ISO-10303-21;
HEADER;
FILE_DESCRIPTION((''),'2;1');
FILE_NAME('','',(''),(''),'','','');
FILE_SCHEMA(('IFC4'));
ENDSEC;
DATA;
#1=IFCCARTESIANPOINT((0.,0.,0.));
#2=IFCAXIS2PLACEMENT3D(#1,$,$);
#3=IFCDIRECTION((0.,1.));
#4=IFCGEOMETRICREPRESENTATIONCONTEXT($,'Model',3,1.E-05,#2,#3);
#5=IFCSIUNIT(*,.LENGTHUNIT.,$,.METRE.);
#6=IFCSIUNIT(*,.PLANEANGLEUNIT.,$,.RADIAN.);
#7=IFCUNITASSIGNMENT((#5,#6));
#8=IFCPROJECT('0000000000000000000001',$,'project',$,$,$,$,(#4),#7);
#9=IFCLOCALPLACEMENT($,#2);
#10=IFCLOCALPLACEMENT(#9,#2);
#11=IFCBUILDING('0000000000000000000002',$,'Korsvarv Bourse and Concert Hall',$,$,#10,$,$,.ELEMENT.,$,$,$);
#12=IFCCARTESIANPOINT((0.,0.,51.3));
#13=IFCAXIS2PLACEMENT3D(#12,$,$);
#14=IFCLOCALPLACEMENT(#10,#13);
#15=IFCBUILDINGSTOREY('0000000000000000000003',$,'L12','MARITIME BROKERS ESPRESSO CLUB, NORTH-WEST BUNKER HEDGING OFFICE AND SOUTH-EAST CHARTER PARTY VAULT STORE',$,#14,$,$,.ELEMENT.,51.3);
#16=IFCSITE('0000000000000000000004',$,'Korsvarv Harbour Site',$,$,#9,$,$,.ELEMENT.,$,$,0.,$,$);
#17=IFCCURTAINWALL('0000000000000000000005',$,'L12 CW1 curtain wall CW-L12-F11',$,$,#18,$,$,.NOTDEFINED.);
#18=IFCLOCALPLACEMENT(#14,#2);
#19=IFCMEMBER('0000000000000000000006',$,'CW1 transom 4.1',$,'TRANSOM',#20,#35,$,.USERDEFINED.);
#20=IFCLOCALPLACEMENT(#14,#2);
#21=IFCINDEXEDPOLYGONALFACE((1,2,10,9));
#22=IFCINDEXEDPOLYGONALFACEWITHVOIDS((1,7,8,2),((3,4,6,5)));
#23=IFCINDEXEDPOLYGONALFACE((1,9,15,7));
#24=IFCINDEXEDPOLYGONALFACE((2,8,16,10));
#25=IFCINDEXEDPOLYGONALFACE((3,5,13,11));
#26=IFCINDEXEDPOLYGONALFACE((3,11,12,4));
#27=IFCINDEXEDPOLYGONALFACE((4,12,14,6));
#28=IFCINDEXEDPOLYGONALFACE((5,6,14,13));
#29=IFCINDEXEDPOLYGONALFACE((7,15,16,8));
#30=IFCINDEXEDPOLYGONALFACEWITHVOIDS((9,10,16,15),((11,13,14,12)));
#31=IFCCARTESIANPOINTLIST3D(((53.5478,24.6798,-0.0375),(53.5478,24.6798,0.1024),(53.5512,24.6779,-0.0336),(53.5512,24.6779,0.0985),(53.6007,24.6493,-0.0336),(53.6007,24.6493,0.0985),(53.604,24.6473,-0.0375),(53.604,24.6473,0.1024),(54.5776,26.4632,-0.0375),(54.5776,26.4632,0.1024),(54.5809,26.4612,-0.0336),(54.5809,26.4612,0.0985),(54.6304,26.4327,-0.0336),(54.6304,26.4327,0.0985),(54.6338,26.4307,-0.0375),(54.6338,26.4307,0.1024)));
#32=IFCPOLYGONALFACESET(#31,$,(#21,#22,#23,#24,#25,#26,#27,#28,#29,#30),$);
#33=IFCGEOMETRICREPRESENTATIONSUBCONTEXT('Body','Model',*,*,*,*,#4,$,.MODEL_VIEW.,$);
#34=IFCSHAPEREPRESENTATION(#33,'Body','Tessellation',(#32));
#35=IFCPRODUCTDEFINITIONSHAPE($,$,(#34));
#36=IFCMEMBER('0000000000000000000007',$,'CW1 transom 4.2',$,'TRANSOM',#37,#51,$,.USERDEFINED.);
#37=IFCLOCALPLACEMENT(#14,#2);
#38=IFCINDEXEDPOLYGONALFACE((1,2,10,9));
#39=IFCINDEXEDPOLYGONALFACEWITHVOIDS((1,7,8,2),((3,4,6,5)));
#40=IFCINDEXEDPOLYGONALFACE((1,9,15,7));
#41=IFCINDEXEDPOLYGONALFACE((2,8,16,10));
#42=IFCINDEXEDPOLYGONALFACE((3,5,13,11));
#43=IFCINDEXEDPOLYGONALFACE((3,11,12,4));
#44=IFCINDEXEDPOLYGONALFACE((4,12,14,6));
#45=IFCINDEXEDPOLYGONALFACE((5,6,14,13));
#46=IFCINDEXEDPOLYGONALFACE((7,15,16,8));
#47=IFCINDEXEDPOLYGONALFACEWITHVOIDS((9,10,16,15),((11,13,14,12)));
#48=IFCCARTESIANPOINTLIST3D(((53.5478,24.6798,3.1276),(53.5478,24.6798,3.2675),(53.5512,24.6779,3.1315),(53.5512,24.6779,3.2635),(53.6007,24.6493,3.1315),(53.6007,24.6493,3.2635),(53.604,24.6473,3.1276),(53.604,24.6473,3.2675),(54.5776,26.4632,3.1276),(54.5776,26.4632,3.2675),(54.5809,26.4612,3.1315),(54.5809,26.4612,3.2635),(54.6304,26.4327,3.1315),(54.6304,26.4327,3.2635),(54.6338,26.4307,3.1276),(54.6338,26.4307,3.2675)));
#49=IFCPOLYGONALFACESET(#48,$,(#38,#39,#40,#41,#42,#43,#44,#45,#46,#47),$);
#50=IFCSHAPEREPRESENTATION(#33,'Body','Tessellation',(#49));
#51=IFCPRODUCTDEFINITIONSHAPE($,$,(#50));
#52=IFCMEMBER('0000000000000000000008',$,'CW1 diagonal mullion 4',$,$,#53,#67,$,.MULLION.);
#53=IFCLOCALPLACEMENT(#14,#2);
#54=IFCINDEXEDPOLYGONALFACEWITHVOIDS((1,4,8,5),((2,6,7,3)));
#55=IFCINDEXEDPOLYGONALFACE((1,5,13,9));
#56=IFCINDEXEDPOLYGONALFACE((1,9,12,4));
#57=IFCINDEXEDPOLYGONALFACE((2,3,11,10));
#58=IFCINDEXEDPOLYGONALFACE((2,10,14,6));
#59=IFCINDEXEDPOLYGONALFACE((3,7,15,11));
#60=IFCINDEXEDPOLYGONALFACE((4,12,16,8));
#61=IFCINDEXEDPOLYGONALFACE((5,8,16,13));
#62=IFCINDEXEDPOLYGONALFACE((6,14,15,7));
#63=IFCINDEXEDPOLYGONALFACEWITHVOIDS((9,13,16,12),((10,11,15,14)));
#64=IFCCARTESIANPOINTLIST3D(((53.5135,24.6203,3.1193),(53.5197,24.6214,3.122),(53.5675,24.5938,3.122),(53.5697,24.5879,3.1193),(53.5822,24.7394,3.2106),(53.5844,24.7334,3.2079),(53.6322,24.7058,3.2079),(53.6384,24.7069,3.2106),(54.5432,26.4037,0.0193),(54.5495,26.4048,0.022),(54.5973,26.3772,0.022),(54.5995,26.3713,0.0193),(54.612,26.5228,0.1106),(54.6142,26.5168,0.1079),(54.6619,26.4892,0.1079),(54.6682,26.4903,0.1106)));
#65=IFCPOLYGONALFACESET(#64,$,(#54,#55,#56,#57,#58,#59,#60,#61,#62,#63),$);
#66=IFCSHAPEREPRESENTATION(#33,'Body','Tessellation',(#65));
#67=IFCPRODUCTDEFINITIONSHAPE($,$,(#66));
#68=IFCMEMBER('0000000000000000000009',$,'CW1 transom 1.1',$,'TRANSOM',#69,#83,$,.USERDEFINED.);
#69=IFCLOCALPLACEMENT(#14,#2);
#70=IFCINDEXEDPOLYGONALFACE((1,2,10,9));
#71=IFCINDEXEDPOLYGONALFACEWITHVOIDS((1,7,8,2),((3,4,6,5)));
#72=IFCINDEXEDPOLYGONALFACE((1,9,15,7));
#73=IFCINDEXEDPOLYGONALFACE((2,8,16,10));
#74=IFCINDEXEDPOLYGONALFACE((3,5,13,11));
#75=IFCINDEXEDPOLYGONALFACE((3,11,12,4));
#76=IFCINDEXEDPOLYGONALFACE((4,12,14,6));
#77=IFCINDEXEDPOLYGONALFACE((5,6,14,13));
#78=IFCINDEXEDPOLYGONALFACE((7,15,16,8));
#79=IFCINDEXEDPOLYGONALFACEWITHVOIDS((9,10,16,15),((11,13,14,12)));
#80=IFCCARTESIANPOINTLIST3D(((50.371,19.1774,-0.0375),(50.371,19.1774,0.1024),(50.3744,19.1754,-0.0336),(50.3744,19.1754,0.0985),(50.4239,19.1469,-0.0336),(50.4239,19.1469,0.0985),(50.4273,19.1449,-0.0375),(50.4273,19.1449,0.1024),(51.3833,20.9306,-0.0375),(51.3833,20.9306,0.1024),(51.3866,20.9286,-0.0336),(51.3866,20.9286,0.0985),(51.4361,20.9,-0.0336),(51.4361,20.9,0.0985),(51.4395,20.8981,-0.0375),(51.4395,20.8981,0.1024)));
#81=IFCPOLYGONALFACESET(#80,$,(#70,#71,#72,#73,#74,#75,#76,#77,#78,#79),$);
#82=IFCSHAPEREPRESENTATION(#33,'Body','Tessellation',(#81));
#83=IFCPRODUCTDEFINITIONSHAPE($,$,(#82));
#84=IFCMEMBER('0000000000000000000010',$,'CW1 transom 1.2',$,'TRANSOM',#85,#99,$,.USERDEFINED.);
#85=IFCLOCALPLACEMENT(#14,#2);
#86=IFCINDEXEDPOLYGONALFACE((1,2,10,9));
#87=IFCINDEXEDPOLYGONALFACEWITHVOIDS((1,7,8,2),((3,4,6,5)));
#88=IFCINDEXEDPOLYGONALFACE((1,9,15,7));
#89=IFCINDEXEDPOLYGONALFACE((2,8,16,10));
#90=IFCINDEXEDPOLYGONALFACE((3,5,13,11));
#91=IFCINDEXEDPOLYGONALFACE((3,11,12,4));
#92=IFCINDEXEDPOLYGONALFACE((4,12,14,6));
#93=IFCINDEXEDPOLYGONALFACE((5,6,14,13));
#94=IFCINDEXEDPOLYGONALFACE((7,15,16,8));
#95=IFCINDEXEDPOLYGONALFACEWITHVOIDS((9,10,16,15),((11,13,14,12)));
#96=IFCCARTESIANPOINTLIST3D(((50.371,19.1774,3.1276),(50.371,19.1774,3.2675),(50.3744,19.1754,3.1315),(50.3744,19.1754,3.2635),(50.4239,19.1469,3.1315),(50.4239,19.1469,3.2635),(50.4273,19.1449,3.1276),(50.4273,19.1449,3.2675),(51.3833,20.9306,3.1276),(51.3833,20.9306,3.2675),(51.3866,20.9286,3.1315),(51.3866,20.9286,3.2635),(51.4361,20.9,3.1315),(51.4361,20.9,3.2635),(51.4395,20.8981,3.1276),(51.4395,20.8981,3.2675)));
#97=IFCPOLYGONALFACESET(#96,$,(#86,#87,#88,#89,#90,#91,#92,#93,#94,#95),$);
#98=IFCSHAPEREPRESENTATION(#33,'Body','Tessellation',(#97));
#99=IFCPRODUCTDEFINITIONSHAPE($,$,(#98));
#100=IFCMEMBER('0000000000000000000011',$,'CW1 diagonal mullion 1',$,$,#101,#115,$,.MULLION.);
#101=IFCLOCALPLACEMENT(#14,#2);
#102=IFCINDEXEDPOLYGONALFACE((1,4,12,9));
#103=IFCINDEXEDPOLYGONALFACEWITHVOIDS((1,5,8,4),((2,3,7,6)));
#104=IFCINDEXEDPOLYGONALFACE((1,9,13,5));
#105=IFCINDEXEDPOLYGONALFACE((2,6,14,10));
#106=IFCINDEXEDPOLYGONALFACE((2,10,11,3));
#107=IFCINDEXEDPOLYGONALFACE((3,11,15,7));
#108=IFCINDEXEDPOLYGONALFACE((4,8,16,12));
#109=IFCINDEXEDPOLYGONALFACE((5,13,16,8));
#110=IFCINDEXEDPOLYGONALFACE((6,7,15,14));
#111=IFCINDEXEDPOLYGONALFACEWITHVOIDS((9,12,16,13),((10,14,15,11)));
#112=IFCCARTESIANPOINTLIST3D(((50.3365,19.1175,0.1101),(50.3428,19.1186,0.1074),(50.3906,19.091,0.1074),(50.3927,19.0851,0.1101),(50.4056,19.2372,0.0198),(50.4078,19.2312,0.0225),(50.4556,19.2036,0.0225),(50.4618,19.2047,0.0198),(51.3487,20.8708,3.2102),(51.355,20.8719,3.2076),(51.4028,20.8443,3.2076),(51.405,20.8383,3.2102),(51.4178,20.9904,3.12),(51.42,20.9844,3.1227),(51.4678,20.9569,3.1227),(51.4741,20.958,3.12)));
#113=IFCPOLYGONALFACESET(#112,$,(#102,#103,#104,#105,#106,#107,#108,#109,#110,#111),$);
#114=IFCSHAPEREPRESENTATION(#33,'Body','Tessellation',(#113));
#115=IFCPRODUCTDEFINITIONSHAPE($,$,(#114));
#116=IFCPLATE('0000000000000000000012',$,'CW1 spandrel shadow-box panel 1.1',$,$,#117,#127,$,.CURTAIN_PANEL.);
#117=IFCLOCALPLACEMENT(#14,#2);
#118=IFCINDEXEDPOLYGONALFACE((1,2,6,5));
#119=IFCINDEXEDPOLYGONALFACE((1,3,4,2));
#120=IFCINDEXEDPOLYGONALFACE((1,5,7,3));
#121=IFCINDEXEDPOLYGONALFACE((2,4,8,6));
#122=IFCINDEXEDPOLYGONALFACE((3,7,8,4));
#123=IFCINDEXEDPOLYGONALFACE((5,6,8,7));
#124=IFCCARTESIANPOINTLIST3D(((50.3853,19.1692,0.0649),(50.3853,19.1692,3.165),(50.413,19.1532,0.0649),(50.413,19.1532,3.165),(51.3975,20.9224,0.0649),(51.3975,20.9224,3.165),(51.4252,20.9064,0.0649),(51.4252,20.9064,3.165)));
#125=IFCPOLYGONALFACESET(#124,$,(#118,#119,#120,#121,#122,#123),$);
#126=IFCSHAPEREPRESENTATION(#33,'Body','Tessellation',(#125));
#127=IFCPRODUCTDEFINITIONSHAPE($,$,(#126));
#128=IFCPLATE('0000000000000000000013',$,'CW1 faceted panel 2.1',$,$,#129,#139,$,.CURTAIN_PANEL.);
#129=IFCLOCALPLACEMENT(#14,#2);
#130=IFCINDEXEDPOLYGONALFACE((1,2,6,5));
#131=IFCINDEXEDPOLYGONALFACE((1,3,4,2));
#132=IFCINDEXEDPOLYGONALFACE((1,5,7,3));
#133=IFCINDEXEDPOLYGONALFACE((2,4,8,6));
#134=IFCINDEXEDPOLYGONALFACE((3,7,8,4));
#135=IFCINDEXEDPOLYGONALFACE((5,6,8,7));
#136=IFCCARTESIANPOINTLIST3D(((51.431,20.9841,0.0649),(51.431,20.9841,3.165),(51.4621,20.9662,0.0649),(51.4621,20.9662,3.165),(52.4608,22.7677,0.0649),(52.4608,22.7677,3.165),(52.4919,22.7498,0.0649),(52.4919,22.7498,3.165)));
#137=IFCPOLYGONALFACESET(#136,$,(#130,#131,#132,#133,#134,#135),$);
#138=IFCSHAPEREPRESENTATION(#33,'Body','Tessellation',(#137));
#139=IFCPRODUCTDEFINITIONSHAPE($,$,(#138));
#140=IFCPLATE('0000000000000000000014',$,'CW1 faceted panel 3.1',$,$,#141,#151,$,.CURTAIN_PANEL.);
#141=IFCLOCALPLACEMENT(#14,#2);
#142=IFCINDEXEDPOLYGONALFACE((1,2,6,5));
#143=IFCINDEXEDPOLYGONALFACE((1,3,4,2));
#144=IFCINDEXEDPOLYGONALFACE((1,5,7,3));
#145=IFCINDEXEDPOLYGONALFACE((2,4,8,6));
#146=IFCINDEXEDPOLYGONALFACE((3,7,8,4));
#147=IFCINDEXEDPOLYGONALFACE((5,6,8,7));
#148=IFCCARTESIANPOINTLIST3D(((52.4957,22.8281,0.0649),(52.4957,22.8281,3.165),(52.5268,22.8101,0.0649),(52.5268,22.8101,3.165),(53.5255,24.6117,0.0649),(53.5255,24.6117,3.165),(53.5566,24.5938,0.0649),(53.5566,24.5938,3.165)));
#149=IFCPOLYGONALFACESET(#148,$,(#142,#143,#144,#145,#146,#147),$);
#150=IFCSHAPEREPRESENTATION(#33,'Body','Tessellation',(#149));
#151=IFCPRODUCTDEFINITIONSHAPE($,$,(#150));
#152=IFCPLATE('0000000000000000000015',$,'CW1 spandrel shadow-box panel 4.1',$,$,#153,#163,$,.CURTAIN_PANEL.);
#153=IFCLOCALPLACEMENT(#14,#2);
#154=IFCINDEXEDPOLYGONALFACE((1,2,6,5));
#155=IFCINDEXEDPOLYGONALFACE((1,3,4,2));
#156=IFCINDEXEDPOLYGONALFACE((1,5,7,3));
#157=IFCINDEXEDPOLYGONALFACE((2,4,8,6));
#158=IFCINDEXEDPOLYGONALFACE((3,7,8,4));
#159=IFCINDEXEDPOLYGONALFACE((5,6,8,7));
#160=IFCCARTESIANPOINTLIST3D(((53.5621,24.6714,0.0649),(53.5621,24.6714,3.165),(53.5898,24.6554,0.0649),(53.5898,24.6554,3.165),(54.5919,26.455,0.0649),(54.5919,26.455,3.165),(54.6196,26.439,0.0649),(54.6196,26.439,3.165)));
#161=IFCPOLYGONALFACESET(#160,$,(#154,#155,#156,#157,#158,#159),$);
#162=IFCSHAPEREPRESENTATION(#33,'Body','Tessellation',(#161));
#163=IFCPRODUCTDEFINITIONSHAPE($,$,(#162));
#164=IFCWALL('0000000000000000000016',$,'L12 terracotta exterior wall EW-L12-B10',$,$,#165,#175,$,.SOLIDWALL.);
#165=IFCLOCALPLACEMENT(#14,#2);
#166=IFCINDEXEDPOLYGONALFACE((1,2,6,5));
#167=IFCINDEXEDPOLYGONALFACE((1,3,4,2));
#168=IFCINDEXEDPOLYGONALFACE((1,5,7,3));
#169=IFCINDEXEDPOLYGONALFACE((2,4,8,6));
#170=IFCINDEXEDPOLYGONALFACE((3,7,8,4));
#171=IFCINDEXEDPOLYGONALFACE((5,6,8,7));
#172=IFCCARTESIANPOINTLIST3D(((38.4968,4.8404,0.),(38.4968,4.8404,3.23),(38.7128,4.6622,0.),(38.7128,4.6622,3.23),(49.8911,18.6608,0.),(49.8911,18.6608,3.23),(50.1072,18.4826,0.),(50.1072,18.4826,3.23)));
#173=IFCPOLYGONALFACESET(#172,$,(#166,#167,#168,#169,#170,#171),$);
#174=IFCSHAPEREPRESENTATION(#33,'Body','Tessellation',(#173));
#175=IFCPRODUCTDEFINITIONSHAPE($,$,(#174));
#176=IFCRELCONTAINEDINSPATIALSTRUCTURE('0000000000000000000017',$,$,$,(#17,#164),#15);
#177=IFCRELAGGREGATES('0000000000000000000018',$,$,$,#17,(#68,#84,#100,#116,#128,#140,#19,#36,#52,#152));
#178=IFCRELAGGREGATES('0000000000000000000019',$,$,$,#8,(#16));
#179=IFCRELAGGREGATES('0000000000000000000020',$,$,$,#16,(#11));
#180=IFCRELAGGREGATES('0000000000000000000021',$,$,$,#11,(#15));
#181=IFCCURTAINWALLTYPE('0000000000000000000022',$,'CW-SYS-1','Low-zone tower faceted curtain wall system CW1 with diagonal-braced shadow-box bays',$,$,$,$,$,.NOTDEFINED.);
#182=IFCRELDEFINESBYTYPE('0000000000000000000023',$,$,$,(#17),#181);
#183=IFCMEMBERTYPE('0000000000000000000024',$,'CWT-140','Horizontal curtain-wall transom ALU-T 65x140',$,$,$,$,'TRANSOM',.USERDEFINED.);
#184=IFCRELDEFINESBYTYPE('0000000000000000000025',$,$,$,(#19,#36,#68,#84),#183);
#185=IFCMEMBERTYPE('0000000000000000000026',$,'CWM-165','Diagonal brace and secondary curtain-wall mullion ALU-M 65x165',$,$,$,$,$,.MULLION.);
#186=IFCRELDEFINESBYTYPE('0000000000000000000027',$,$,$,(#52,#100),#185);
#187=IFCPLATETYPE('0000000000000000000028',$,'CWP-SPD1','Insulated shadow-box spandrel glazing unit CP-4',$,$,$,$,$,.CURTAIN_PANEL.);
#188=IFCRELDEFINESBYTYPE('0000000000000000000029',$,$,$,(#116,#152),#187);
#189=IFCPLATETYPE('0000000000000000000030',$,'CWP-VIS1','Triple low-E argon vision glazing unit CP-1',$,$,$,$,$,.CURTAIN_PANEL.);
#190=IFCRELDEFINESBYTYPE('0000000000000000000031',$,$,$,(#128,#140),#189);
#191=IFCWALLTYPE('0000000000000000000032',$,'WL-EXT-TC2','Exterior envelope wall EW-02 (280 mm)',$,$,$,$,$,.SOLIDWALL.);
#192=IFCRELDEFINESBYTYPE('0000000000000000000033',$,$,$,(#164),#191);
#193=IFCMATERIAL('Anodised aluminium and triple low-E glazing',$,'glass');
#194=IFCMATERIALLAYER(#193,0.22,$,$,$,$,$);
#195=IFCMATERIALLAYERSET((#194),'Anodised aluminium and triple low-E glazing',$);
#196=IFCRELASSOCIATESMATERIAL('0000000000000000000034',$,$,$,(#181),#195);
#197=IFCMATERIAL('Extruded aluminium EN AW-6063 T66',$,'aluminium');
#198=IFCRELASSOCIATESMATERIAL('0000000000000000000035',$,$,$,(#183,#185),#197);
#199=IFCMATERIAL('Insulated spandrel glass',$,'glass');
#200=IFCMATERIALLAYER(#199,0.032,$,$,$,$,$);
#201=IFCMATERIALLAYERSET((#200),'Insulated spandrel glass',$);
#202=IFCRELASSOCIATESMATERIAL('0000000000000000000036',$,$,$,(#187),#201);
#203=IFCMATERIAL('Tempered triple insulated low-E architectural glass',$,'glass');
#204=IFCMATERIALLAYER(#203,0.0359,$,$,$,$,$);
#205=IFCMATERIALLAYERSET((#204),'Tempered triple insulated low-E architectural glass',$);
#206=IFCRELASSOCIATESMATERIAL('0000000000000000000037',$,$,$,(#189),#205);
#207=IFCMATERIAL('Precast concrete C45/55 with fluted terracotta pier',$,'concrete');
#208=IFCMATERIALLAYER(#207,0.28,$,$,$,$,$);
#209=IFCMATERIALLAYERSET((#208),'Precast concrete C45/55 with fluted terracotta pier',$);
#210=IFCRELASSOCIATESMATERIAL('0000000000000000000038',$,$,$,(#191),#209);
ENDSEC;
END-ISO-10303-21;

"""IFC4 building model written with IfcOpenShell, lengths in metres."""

from ifc_helpers import new_model, si_unit, direction, frame, frame_2d, origin, origin_2d, place, context, subcontext, project, spatial, rectangle, hollow_rectangle, extrude, source, transform, mapped, material, layer, layer_set, material_profile, profile_set, type_object, element, aggregate, save


model = new_model("IFC4")

# Units and contexts
model_context = context("Model", 3, precision=1e-05, world=origin(), true_north=direction((0.0, 1.0)))
body_context = subcontext(model_context, "Body", "Model", "MODEL_VIEW")
ifc_project = project(units=[si_unit("LENGTHUNIT", "METRE"), si_unit("PLANEANGLEUNIT", "RADIAN")], contexts=[model_context])

# Site, building, storey
site_placement = place(None, origin())
site = spatial("IfcSite", under=ifc_project, at=site_placement, Name="Korsvarv Harbour Site", CompositionType="ELEMENT", RefElevation=0.0)
building_placement = place(site_placement, origin())
building = spatial("IfcBuilding", under=site, at=building_placement, Name="Korsvarv Bourse and Concert Hall", CompositionType="ELEMENT")
storey_placement = place(building_placement, frame((0.0, 0.0, 51.3)))
storey = spatial("IfcBuildingStorey", under=building, at=storey_placement, Name="L12", Description="MARITIME BROKERS ESPRESSO CLUB, NORTH-WEST BUNKER HEDGING OFFICE AND SOUTH-EAST CHARTER PARTY VAULT STORE", CompositionType="ELEMENT", Elevation=51.3)

# Curtain wall, members, plates
ifc_material_1 = material(Name="Anodised aluminium and triple low-E glazing", Category="glass")
ifc_layer_1 = layer(ifc_material_1, 0.22)
ifc_layer_set_1 = layer_set([ifc_layer_1], Name="Anodised aluminium and triple low-E glazing")
curtain_wall_type = type_object("IfcCurtainWallType", Name="CW-SYS-1", Description="Low-zone tower faceted curtain wall system CW1 with diagonal-braced shadow-box bays", PredefinedType="NOTDEFINED", material=ifc_layer_set_1)
curtain_wall_placement = place(storey_placement, origin())
curtain_wall = element("IfcCurtainWall", 1, at=curtain_wall_placement, inside=storey, type_object=curtain_wall_type, Name="L12 CW1 curtain wall CW-L12-F11", PredefinedType="NOTDEFINED")
ifc_material_2 = material(Name="Extruded aluminium EN AW-6063 T66", Category="aluminium")
ifc_material_profile_1 = material_profile(ifc_material_2, hollow_rectangle(XDim=0.0649, YDim=0.1399, WallThickness=0.0039, at=origin_2d()), Name="ALU-T 65x140")
ifc_profile_set_1 = profile_set([ifc_material_profile_1], Name="Extruded aluminium EN AW-6063 T66")
member_type_1 = type_object("IfcMemberType", Name="CWT-140", Description="Horizontal curtain-wall transom ALU-T 65x140", ElementType="TRANSOM", PredefinedType="USERDEFINED", material=ifc_profile_set_1)
shared_shape_1 = source(origin(), body_context, "Body", "SweptSolid", [
    extrude(hollow_rectangle(XDim=0.0649, YDim=0.1399, WallThickness=0.0039, at=origin_2d()), origin(), (0.0, 0.0, 1.0), 2.0593),
])
member_1_placement = place(storey_placement, frame((53.5759, 24.6636, 0.0325), z_axis=(0.500041, 0.866002, 0.0), x_axis=(-0.866002, 0.500041, 0.0)))
member_1 = element("IfcMember", 2, at=member_1_placement, type_object=member_type_1, Name="CW1 transom 4.1", ObjectType="TRANSOM", PredefinedType="USERDEFINED", context=body_context, shape_type="MappedRepresentation", body=[
    mapped(shared_shape_1, transform((0.0, 0.0, 0.0), scale=1.0)),
])
member_2_placement = place(storey_placement, frame((53.5759, 24.6636, 3.1975), z_axis=(0.500041, 0.866002, 0.0), x_axis=(-0.866002, 0.500041, 0.0)))
member_2 = element("IfcMember", 3, at=member_2_placement, type_object=member_type_1, Name="CW1 transom 4.2", ObjectType="TRANSOM", PredefinedType="USERDEFINED", context=body_context, shape_type="MappedRepresentation", body=[
    mapped(shared_shape_1, transform((0.0, 0.0, 0.0), scale=1.0)),
])
ifc_material_profile_2 = material_profile(ifc_material_2, hollow_rectangle(XDim=0.0649, YDim=0.165, WallThickness=0.0049, at=origin_2d()), Name="ALU-M 65x165")
ifc_profile_set_2 = profile_set([ifc_material_profile_2], Name="Extruded aluminium EN AW-6063 T66")
member_type_2 = type_object("IfcMemberType", Name="CWM-165", Description="Diagonal brace and secondary curtain-wall mullion ALU-M 65x165", PredefinedType="MULLION", material=ifc_profile_set_2)
shared_shape_2 = source(origin(), body_context, "Body", "SweptSolid", [
    extrude(hollow_rectangle(XDim=0.0649, YDim=0.165, WallThickness=0.0049, at=origin_2d()), origin(), (0.0, 0.0, 1.0), 3.7217),
])
member_3_placement = place(storey_placement, frame((54.6057, 26.447, 0.0649), z_axis=(-0.276691, -0.47919, 0.832958), x_axis=(0.866002, -0.500041, 0.0)))
member_3 = element("IfcMember", 4, at=member_3_placement, type_object=member_type_2, Name="CW1 diagonal mullion 4", PredefinedType="MULLION", context=body_context, shape_type="MappedRepresentation", body=[
    mapped(shared_shape_2, transform((0.0, 0.0, 0.0), scale=1.0)),
])
shared_shape_3 = source(origin(), body_context, "Body", "SweptSolid", [
    extrude(hollow_rectangle(XDim=0.0649, YDim=0.1399, WallThickness=0.0039, at=origin_2d()), origin(), (0.0, 0.0, 1.0), 2.0244),
])
member_4_placement = place(storey_placement, frame((50.3992, 19.1611, 0.0325), z_axis=(0.500004, 0.866023, 0.0), x_axis=(-0.866023, 0.500004, 0.0)))
member_4 = element("IfcMember", 5, at=member_4_placement, type_object=member_type_1, Name="CW1 transom 1.1", ObjectType="TRANSOM", PredefinedType="USERDEFINED", context=body_context, shape_type="MappedRepresentation", body=[
    mapped(shared_shape_3, transform((0.0, 0.0, 0.0), scale=1.0)),
])
member_5_placement = place(storey_placement, frame((50.3992, 19.1611, 3.1975), z_axis=(0.500004, 0.866023, 0.0), x_axis=(-0.866023, 0.500004, 0.0)))
member_5 = element("IfcMember", 6, at=member_5_placement, type_object=member_type_1, Name="CW1 transom 1.2", ObjectType="TRANSOM", PredefinedType="USERDEFINED", context=body_context, shape_type="MappedRepresentation", body=[
    mapped(shared_shape_3, transform((0.0, 0.0, 0.0), scale=1.0)),
])
shared_shape_4 = source(origin(), body_context, "Body", "SweptSolid", [
    extrude(hollow_rectangle(XDim=0.0649, YDim=0.165, WallThickness=0.0049, at=origin_2d()), origin(), (0.0, 0.0, 1.0), 3.7026),
])
member_6_placement = place(storey_placement, frame((50.3992, 19.1611, 0.0649), z_axis=(0.273382, 0.473506, 0.83729), x_axis=(-0.866023, 0.500004, 0.0)))
member_6 = element("IfcMember", 7, at=member_6_placement, type_object=member_type_2, Name="CW1 diagonal mullion 1", PredefinedType="MULLION", context=body_context, shape_type="MappedRepresentation", body=[
    mapped(shared_shape_4, transform((0.0, 0.0, 0.0), scale=1.0)),
])
ifc_material_3 = material(Name="Insulated spandrel glass", Category="glass")
ifc_layer_2 = layer(ifc_material_3, 0.032)
ifc_layer_set_2 = layer_set([ifc_layer_2], Name="Insulated spandrel glass")
plate_type_1 = type_object("IfcPlateType", Name="CWP-SPD1", Description="Insulated shadow-box spandrel glazing unit CP-4", PredefinedType="CURTAIN_PANEL", material=ifc_layer_set_2)
shared_shape_5 = source(origin(), body_context, "Body", "SweptSolid", [
    extrude(rectangle(XDim=2.0244, YDim=0.032, at=origin_2d()), origin(), (0.0, 0.0, 1.0), 3.1001),
])
plate_1_placement = place(storey_placement, frame((50.9053, 20.0378, 0.0649), z_axis=(0.0, 0.0, 1.0), x_axis=(0.5, 0.866025, 0.0)))
plate_1 = element("IfcPlate", 8, at=plate_1_placement, type_object=plate_type_1, Name="CW1 spandrel shadow-box panel 1.1", PredefinedType="CURTAIN_PANEL", context=body_context, shape_type="MappedRepresentation", body=[
    mapped(shared_shape_5, transform((0.0, 0.0, 0.0), scale=1.0)),
])
ifc_material_4 = material(Name="Tempered triple insulated low-E architectural glass", Category="glass")
ifc_layer_3 = layer(ifc_material_4, 0.0359)
ifc_layer_set_3 = layer_set([ifc_layer_3], Name="Tempered triple insulated low-E architectural glass")
plate_type_2 = type_object("IfcPlateType", Name="CWP-VIS1", Description="Triple low-E argon vision glazing unit CP-1", PredefinedType="CURTAIN_PANEL", material=ifc_layer_set_3)
shared_shape_6 = source(origin(), body_context, "Body", "SweptSolid", [
    extrude(rectangle(XDim=2.0596, YDim=0.0359, at=origin_2d()), origin(), (0.0, 0.0, 1.0), 3.1001),
])
plate_2_placement = place(storey_placement, frame((51.9614, 21.8669, 0.0649), z_axis=(0.0, 0.0, 1.0), x_axis=(0.5, 0.866025, 0.0)))
plate_2 = element("IfcPlate", 9, at=plate_2_placement, type_object=plate_type_2, Name="CW1 faceted panel 2.1", PredefinedType="CURTAIN_PANEL", context=body_context, shape_type="MappedRepresentation", body=[
    mapped(shared_shape_6, transform((0.0, 0.0, 0.0), scale=1.0)),
])
plate_3_placement = place(storey_placement, frame((53.0261, 23.7109, 0.0649), z_axis=(0.0, 0.0, 1.0), x_axis=(0.5, 0.866025, 0.0)))
plate_3 = element("IfcPlate", 10, at=plate_3_placement, type_object=plate_type_2, Name="CW1 faceted panel 3.1", PredefinedType="CURTAIN_PANEL", context=body_context, shape_type="MappedRepresentation", body=[
    mapped(shared_shape_6, transform((0.0, 0.0, 0.0), scale=1.0)),
])
shared_shape_7 = source(origin(), body_context, "Body", "SweptSolid", [
    extrude(rectangle(XDim=2.0596, YDim=0.032, at=origin_2d()), origin(), (0.0, 0.0, 1.0), 3.1001),
])
plate_4_placement = place(storey_placement, frame((54.0908, 25.5552, 0.0649), z_axis=(0.0, 0.0, 1.0), x_axis=(0.5, 0.866025, 0.0)))
plate_4 = element("IfcPlate", 11, at=plate_4_placement, type_object=plate_type_1, Name="CW1 spandrel shadow-box panel 4.1", PredefinedType="CURTAIN_PANEL", context=body_context, shape_type="MappedRepresentation", body=[
    mapped(shared_shape_7, transform((0.0, 0.0, 0.0), scale=1.0)),
])
aggregate(curtain_wall, [member_4, member_5, member_6, plate_1, plate_2, plate_3, member_1, member_2, member_3, plate_4])

# Wall
ifc_material_5 = material(Name="Precast concrete C45/55 with fluted terracotta pier", Category="concrete")
ifc_layer_4 = layer(ifc_material_5, 0.28)
ifc_layer_set_4 = layer_set([ifc_layer_4], Name="Precast concrete C45/55 with fluted terracotta pier")
wall_type_1 = type_object("IfcWallType", Name="WL-EXT-TC2", Description="Exterior envelope wall EW-02 (280 mm)", PredefinedType="SOLIDWALL", material=ifc_layer_set_4)
wall_1_placement = place(storey_placement, frame((38.6047, 4.7512, 0.0), z_axis=(0.0, 0.0, 1.0), x_axis=(0.636135, 0.771578, 0.0)))
element("IfcWall", 12, at=wall_1_placement, inside=storey, type_object=wall_type_1, Name="L12 terracotta exterior wall EW-L12-B10", PredefinedType="SOLIDWALL", context=body_context, shape_type="SweptSolid", body=[
    extrude(rectangle(XDim=17.9119, YDim=0.28, at=frame_2d((8.9561, 0.0))), origin(), (0.0, 0.0, 1.0), 3.23),
])

save(model, "model.ifc")
